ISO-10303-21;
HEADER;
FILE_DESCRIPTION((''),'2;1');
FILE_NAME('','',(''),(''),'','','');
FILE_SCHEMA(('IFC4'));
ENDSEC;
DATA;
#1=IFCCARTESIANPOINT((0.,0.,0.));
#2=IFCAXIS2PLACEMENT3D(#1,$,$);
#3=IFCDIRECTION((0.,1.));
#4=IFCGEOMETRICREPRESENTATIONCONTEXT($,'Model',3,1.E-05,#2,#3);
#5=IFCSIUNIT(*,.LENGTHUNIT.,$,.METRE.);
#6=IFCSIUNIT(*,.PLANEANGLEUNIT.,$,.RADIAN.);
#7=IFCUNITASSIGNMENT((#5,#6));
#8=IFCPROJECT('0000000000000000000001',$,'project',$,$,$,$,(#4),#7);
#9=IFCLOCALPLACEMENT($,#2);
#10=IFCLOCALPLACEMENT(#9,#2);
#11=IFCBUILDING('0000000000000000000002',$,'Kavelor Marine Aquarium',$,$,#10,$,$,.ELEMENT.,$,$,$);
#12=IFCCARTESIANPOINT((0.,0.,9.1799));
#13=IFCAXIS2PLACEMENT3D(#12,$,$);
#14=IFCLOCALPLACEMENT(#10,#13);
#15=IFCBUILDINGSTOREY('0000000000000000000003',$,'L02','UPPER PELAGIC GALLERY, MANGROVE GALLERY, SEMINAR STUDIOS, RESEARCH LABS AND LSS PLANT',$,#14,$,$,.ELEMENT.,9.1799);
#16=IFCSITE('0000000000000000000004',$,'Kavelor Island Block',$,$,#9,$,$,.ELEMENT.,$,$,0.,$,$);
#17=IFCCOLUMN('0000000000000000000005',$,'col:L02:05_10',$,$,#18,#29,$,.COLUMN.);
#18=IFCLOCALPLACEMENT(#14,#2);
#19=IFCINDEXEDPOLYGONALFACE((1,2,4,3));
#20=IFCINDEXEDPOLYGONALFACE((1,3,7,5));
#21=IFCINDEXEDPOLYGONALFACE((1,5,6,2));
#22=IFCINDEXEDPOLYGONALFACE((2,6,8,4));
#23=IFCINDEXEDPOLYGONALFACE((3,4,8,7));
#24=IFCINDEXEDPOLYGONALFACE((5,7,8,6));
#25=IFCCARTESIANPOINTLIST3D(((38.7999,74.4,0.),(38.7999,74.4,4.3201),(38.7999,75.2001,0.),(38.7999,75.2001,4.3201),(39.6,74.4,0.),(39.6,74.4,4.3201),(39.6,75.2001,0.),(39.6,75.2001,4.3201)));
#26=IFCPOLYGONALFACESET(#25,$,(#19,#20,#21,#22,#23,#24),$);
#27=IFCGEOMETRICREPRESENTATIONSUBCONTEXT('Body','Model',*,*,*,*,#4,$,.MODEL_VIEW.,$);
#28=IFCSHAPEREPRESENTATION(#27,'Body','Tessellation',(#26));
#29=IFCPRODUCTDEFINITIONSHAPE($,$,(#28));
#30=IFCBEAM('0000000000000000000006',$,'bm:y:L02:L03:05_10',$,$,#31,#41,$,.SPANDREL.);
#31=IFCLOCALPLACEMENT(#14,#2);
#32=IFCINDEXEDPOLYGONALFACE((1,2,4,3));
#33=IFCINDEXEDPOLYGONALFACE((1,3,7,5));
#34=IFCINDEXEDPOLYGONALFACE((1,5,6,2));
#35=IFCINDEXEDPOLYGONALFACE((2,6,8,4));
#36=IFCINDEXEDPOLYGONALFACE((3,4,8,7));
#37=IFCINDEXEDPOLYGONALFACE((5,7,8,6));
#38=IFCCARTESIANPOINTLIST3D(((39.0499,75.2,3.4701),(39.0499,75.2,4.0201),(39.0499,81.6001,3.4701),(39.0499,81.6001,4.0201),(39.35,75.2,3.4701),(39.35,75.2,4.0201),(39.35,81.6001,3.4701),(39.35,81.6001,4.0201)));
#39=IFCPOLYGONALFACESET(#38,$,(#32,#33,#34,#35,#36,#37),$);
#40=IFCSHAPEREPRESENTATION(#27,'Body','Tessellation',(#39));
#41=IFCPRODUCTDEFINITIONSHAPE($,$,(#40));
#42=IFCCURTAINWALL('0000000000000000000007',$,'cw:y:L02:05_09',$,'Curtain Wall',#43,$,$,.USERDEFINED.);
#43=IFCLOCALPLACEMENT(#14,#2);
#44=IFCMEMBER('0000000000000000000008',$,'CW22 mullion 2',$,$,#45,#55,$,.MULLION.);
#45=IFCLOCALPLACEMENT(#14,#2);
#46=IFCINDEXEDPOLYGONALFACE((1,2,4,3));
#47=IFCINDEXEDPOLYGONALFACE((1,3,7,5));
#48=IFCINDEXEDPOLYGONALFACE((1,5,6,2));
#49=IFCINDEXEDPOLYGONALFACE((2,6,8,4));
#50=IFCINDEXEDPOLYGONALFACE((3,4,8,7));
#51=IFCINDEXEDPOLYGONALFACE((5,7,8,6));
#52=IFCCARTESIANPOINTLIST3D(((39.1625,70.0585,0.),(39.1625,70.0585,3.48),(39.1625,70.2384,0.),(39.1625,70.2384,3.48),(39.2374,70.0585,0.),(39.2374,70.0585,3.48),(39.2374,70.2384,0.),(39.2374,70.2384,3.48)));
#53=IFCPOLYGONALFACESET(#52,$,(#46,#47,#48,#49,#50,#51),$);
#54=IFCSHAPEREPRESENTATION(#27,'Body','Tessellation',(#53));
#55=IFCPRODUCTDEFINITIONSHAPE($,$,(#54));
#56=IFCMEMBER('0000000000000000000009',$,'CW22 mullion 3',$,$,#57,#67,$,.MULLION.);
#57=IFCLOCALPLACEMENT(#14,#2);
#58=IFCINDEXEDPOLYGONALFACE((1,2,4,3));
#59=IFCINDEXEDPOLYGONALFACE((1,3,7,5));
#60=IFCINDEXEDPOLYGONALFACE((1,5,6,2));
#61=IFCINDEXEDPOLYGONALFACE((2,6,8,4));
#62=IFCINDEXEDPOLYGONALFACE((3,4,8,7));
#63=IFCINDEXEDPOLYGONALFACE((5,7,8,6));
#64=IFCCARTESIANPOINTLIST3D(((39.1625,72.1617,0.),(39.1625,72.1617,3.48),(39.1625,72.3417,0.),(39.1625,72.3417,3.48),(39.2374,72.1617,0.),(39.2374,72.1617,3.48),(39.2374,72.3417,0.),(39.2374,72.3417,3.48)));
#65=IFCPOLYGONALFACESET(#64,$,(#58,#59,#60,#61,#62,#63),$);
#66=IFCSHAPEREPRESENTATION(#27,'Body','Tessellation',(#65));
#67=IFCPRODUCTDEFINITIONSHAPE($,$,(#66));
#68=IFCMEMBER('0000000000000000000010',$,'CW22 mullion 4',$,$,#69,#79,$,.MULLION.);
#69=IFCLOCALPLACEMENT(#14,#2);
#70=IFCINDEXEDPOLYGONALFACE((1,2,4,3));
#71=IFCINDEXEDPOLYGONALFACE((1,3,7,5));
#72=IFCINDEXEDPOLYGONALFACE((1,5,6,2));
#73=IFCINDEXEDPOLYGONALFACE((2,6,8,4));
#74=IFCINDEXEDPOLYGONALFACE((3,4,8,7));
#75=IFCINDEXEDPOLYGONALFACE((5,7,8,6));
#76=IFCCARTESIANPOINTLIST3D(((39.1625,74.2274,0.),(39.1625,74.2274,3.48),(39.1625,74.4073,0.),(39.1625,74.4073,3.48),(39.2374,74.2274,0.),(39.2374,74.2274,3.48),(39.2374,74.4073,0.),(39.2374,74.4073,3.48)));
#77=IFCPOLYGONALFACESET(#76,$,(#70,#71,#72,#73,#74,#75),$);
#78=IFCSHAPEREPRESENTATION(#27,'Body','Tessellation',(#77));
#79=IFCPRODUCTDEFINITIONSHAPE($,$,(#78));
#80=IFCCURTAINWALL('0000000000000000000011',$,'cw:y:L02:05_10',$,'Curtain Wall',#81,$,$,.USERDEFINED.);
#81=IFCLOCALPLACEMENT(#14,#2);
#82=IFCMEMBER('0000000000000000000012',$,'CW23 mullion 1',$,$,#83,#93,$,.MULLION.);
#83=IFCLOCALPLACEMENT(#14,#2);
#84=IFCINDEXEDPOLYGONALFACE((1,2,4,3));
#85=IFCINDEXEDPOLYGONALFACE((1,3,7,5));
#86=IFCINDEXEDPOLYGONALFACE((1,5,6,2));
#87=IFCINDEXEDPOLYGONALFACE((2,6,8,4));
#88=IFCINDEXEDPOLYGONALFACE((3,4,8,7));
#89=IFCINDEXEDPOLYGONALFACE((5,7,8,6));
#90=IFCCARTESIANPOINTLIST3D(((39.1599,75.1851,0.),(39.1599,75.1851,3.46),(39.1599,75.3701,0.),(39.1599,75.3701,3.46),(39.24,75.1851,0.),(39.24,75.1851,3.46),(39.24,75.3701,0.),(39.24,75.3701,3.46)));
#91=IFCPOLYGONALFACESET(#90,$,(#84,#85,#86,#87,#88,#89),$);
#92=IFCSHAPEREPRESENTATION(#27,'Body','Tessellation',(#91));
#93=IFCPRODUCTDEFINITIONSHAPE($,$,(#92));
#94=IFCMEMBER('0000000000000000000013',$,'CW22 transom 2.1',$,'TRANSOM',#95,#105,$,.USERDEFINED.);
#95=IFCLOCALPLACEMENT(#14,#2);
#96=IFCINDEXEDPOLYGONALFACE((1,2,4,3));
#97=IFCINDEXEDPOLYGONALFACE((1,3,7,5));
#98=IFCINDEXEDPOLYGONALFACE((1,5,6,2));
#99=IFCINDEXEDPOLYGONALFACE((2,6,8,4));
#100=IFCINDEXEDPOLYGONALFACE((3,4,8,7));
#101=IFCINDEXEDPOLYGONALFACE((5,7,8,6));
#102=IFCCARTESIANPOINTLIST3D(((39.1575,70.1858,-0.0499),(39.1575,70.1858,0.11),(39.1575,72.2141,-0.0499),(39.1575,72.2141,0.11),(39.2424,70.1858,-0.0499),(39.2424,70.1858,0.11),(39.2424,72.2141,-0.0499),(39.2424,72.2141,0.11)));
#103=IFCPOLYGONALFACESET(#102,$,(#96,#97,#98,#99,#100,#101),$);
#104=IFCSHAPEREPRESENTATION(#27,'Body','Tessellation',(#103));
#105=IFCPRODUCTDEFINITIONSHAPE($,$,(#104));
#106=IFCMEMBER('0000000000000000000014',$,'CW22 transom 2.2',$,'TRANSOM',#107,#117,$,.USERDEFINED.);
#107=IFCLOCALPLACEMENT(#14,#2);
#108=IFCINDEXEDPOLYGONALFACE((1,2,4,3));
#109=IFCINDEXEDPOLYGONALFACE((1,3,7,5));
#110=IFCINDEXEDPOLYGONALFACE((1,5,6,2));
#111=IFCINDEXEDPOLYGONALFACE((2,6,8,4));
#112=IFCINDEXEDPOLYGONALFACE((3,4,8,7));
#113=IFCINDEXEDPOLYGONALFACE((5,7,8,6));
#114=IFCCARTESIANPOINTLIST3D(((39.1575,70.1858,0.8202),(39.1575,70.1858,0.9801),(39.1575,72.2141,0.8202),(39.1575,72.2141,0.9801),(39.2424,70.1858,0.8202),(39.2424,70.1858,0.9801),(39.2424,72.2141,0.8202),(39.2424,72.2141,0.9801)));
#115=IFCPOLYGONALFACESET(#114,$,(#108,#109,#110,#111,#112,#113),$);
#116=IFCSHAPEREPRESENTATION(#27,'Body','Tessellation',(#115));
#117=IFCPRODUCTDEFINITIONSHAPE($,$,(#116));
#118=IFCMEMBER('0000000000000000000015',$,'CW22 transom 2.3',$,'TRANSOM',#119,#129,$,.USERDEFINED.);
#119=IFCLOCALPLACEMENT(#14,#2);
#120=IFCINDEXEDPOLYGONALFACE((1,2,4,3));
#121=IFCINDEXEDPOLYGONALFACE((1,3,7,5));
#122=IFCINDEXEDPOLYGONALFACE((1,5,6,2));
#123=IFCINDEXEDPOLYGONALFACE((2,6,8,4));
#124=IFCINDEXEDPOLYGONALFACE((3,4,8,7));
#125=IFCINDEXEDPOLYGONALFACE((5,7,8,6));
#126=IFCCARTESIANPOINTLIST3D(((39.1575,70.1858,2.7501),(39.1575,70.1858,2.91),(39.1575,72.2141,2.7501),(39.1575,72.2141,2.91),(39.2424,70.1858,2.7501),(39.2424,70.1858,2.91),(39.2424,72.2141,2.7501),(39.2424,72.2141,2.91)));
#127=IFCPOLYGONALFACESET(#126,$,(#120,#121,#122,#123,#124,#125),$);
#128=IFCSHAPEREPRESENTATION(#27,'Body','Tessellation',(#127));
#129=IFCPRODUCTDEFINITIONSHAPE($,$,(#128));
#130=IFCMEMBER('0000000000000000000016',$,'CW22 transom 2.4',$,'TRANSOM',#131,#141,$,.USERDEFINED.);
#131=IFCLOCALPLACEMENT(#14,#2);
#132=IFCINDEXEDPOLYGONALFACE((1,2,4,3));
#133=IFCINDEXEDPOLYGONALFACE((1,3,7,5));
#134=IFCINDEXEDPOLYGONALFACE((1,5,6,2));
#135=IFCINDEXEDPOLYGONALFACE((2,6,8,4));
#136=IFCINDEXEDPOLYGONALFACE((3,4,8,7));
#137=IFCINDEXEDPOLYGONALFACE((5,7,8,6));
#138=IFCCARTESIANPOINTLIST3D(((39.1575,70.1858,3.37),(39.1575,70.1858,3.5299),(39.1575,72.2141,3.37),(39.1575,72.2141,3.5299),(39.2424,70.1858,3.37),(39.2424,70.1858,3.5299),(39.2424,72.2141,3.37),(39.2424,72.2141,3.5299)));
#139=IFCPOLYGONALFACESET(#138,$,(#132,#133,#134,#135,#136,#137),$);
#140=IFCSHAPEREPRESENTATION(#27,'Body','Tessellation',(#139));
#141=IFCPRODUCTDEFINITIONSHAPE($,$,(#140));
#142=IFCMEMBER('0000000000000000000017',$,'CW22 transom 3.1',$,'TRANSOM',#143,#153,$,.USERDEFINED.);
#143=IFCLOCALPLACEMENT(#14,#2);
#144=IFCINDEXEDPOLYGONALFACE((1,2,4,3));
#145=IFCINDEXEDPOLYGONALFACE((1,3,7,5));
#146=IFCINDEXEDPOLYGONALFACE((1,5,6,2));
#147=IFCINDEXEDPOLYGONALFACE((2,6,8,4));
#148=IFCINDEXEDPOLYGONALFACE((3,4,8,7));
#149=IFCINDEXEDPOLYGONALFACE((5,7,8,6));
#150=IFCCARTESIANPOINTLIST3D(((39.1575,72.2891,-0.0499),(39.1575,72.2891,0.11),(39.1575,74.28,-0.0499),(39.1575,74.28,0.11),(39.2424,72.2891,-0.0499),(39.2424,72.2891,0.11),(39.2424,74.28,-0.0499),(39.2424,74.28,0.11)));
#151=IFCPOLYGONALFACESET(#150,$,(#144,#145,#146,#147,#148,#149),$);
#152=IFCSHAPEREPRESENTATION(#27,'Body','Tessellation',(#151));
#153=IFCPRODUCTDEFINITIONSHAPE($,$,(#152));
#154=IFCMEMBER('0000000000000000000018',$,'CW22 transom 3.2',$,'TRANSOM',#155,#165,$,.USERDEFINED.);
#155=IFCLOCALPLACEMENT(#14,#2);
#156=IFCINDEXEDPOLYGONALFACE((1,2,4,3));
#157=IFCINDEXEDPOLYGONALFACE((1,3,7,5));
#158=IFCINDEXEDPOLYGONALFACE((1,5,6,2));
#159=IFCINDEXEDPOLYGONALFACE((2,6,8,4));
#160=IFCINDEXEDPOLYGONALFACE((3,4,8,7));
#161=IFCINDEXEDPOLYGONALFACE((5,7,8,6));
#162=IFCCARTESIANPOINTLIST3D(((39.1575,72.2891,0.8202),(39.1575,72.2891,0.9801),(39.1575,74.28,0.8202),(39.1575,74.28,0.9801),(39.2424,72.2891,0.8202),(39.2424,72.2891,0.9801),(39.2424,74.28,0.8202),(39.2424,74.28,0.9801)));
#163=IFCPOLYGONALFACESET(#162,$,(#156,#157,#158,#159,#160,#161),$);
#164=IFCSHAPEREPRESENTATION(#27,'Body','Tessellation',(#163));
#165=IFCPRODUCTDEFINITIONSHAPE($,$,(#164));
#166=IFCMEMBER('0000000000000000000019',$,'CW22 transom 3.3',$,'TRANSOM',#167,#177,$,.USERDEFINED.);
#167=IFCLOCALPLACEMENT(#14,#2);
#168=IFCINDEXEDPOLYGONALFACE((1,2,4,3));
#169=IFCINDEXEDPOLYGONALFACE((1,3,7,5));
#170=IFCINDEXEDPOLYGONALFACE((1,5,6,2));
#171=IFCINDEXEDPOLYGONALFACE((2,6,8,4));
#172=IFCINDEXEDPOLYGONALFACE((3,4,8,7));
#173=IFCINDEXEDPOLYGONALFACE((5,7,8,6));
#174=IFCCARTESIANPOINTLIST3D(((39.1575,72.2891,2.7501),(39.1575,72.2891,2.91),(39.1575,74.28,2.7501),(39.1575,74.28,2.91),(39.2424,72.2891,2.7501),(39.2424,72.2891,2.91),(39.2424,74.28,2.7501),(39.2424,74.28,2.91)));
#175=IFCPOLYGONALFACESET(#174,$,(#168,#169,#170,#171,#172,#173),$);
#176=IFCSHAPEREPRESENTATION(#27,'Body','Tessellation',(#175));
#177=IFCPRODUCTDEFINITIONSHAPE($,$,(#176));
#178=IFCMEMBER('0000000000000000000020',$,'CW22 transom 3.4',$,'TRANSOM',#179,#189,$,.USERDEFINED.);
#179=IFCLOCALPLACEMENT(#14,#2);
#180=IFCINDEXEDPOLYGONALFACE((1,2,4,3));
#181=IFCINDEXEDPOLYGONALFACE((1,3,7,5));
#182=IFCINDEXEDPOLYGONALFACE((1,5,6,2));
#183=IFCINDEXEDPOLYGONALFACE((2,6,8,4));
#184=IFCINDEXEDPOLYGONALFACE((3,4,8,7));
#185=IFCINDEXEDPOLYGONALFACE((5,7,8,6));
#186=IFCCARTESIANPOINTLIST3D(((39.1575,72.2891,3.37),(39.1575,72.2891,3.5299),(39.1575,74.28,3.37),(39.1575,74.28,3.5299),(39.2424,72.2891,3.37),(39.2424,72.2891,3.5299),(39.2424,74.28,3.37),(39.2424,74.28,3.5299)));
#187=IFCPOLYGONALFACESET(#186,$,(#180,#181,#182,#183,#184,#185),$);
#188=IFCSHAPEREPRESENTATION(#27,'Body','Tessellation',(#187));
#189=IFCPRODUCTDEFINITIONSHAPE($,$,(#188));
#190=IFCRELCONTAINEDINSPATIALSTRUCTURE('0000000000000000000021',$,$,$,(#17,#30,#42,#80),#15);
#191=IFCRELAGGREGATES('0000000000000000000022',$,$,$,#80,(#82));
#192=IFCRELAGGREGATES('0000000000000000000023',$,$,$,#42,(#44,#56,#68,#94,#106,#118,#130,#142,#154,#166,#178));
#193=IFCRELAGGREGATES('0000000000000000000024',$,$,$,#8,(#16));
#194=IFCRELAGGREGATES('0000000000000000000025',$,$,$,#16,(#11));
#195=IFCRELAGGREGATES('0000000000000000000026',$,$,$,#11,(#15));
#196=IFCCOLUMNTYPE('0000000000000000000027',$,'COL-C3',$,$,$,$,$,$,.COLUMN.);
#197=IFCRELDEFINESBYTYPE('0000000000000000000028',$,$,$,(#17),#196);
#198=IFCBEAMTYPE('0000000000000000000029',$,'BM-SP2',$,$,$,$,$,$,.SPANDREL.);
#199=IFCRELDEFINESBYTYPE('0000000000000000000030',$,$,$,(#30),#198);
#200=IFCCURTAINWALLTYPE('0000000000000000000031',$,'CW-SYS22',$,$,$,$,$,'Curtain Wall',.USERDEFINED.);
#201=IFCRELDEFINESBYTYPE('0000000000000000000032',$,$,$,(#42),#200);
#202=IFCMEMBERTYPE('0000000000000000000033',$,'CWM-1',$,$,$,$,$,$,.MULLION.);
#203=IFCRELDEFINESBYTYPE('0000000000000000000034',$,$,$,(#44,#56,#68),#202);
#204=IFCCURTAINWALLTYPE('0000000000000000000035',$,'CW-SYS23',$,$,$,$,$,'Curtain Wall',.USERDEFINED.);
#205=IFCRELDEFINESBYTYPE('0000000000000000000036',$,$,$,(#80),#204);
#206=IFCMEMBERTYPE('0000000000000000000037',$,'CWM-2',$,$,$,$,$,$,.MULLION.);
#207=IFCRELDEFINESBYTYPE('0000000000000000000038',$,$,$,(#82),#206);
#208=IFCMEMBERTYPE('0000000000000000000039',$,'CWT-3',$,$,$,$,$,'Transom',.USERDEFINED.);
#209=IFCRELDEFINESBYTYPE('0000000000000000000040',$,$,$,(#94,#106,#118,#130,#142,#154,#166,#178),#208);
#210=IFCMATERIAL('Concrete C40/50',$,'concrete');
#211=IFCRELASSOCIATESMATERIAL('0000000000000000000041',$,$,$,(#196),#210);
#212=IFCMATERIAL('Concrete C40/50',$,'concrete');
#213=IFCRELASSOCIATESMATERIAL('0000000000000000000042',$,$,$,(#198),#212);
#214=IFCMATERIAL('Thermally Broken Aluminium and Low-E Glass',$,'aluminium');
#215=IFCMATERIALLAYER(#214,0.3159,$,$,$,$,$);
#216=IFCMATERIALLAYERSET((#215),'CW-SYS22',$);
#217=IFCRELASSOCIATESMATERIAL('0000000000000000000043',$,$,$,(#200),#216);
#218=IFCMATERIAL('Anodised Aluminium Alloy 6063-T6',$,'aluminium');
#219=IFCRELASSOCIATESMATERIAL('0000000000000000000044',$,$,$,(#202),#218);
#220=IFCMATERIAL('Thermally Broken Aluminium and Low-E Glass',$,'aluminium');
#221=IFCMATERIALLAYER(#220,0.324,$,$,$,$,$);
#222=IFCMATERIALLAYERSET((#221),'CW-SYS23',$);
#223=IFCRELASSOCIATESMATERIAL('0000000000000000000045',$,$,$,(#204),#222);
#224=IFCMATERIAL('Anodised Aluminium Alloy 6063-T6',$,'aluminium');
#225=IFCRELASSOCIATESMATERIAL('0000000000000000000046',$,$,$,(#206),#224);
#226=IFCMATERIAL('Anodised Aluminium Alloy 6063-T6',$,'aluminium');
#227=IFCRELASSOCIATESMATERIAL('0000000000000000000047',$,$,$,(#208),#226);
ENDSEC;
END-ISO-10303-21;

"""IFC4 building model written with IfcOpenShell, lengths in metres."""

from ifc_helpers import new_model, si_unit, direction, frame, origin, origin_2d, place, context, subcontext, project, spatial, rectangle, extrude, material, layer, layer_set, material_profile, profile_set, type_object, element, aggregate, save


model = new_model("IFC4")

# Units and contexts
model_context = context("Model", 3, precision=1e-05, world=origin(), true_north=direction((0.0, 1.0)))
body_context = subcontext(model_context, "Body", "Model", "MODEL_VIEW")
ifc_project = project(units=[si_unit("LENGTHUNIT", "METRE"), si_unit("PLANEANGLEUNIT", "RADIAN")], contexts=[model_context])

# Site, building, storey
site_placement = place(None, origin())
site = spatial("IfcSite", under=ifc_project, at=site_placement, Name="Kavelor Island Block", CompositionType="ELEMENT", RefElevation=0.0)
building_placement = place(site_placement, origin())
building = spatial("IfcBuilding", under=site, at=building_placement, Name="Kavelor Marine Aquarium", CompositionType="ELEMENT")
storey_placement = place(building_placement, frame((0.0, 0.0, 9.1799)))
storey = spatial("IfcBuildingStorey", under=building, at=storey_placement, Name="L02", Description="UPPER PELAGIC GALLERY, MANGROVE GALLERY, SEMINAR STUDIOS, RESEARCH LABS AND LSS PLANT", CompositionType="ELEMENT", Elevation=9.1799)

# Column
ifc_material_1 = material(Name="Concrete C40/50", Category="concrete")
ifc_material_profile_1 = material_profile(ifc_material_1, rectangle(XDim=0.8, YDim=0.8, at=origin_2d()), Name="RC-COL 800x800")
ifc_profile_set_1 = profile_set([ifc_material_profile_1], Name="Concrete C40/50")
column_type = type_object("IfcColumnType", Name="COL-C3", PredefinedType="COLUMN", material=ifc_profile_set_1)
column_placement = place(storey_placement, frame((39.2, 74.8, 0.0), z_axis=(0.0, 0.0, 1.0), x_axis=(1.0, 0.0, 0.0)))
element("IfcColumn", 1, at=column_placement, inside=storey, type_object=column_type, Name="col:L02:05_10", PredefinedType="COLUMN", context=body_context, shape_type="SweptSolid", body=[
    extrude(rectangle(XDim=0.8, YDim=0.8, at=origin_2d()), origin(), (0.0, 0.0, 1.0), 4.3201),
])

# Beam
ifc_material_2 = material(Name="Concrete C40/50", Category="concrete")
ifc_material_profile_2 = material_profile(ifc_material_2, rectangle(XDim=0.3, YDim=0.55, at=origin_2d()), Name="RC-SP 300x550")
ifc_profile_set_2 = profile_set([ifc_material_profile_2], Name="Concrete C40/50")
beam_type = type_object("IfcBeamType", Name="BM-SP2", PredefinedType="SPANDREL", material=ifc_profile_set_2)
beam_placement = place(storey_placement, frame((39.2, 75.2, 3.7451), z_axis=(0.0, 1.0, 0.0), x_axis=(-1.0, 0.0, 0.0)))
element("IfcBeam", 2, at=beam_placement, inside=storey, type_object=beam_type, Name="bm:y:L02:L03:05_10", PredefinedType="SPANDREL", context=body_context, shape_type="SweptSolid", body=[
    extrude(rectangle(XDim=0.3, YDim=0.55, at=origin_2d()), origin(), (0.0, 0.0, 1.0), 6.4001),
])

# Curtain wall, members
ifc_material_3 = material(Name="Thermally Broken Aluminium and Low-E Glass", Category="aluminium")
ifc_layer_1 = layer(ifc_material_3, 0.3159)
ifc_layer_set_1 = layer_set([ifc_layer_1], Name="CW-SYS22")
curtain_wall_type_1 = type_object("IfcCurtainWallType", Name="CW-SYS22", ElementType="Curtain Wall", PredefinedType="USERDEFINED", material=ifc_layer_set_1)
curtain_wall_1_placement = place(storey_placement, origin())
curtain_wall_1 = element("IfcCurtainWall", 3, at=curtain_wall_1_placement, inside=storey, type_object=curtain_wall_type_1, Name="cw:y:L02:05_09", ObjectType="Curtain Wall", PredefinedType="USERDEFINED")
ifc_material_4 = material(Name="Anodised Aluminium Alloy 6063-T6", Category="aluminium")
ifc_material_profile_3 = material_profile(ifc_material_4, rectangle(XDim=0.075, YDim=0.1799, at=origin_2d()), Name="CW-MUL 75x180")
ifc_profile_set_3 = profile_set([ifc_material_profile_3], Name="Anodised Aluminium Alloy 6063-T6")
member_type_1 = type_object("IfcMemberType", Name="CWM-1", PredefinedType="MULLION", material=ifc_profile_set_3)
member_1_placement = place(storey_placement, frame((39.2, 70.1484, 0.0), z_axis=(0.0, 0.0, 1.0), x_axis=(-1.0, 0.0, 0.0)))
member_1 = element("IfcMember", 4, at=member_1_placement, type_object=member_type_1, Name="CW22 mullion 2", PredefinedType="MULLION", context=body_context, shape_type="SweptSolid", body=[
    extrude(rectangle(XDim=0.075, YDim=0.1799, at=origin_2d()), origin(), (0.0, 0.0, 1.0), 3.48),
])
member_2_placement = place(storey_placement, frame((39.2, 72.2517, 0.0), z_axis=(0.0, 0.0, 1.0), x_axis=(-1.0, 0.0, 0.0)))
member_2 = element("IfcMember", 5, at=member_2_placement, type_object=member_type_1, Name="CW22 mullion 3", PredefinedType="MULLION", context=body_context, shape_type="SweptSolid", body=[
    extrude(rectangle(XDim=0.075, YDim=0.1799, at=origin_2d()), origin(), (0.0, 0.0, 1.0), 3.48),
])
member_3_placement = place(storey_placement, frame((39.2, 74.3174, 0.0), z_axis=(0.0, 0.0, 1.0), x_axis=(-1.0, 0.0, 0.0)))
member_3 = element("IfcMember", 6, at=member_3_placement, type_object=member_type_1, Name="CW22 mullion 4", PredefinedType="MULLION", context=body_context, shape_type="SweptSolid", body=[
    extrude(rectangle(XDim=0.075, YDim=0.1799, at=origin_2d()), origin(), (0.0, 0.0, 1.0), 3.48),
])

# Curtain wall, member
ifc_material_5 = material(Name="Thermally Broken Aluminium and Low-E Glass", Category="aluminium")
ifc_layer_2 = layer(ifc_material_5, 0.324)
ifc_layer_set_2 = layer_set([ifc_layer_2], Name="CW-SYS23")
curtain_wall_type_2 = type_object("IfcCurtainWallType", Name="CW-SYS23", ElementType="Curtain Wall", PredefinedType="USERDEFINED", material=ifc_layer_set_2)
curtain_wall_2_placement = place(storey_placement, origin())
curtain_wall_2 = element("IfcCurtainWall", 7, at=curtain_wall_2_placement, inside=storey, type_object=curtain_wall_type_2, Name="cw:y:L02:05_10", ObjectType="Curtain Wall", PredefinedType="USERDEFINED")
ifc_material_6 = material(Name="Anodised Aluminium Alloy 6063-T6", Category="aluminium")
ifc_material_profile_4 = material_profile(ifc_material_6, rectangle(XDim=0.0801, YDim=0.1851, at=origin_2d()), Name="CW-MUL 80x185")
ifc_profile_set_4 = profile_set([ifc_material_profile_4], Name="Anodised Aluminium Alloy 6063-T6")
member_type_2 = type_object("IfcMemberType", Name="CWM-2", PredefinedType="MULLION", material=ifc_profile_set_4)
member_4_placement = place(storey_placement, frame((39.2, 75.2776, 0.0), z_axis=(0.0, 0.0, 1.0), x_axis=(-1.0, 0.0, 0.0)))
member_4 = element("IfcMember", 8, at=member_4_placement, type_object=member_type_2, Name="CW23 mullion 1", PredefinedType="MULLION", context=body_context, shape_type="SweptSolid", body=[
    extrude(rectangle(XDim=0.0801, YDim=0.1851, at=origin_2d()), origin(), (0.0, 0.0, 1.0), 3.46),
])

# Members
ifc_material_7 = material(Name="Anodised Aluminium Alloy 6063-T6", Category="aluminium")
ifc_material_profile_5 = material_profile(ifc_material_7, rectangle(XDim=0.085, YDim=0.1599, at=origin_2d()), Name="CW-TRN 85x160")
ifc_profile_set_5 = profile_set([ifc_material_profile_5], Name="Anodised Aluminium Alloy 6063-T6")
member_type_3 = type_object("IfcMemberType", Name="CWT-3", ElementType="Transom", PredefinedType="USERDEFINED", material=ifc_profile_set_5)
member_5_placement = place(storey_placement, frame((39.2, 70.1858, 0.03), z_axis=(0.0, 1.0, 0.0), x_axis=(-1.0, 0.0, 0.0)))
member_5 = element("IfcMember", 9, at=member_5_placement, type_object=member_type_3, Name="CW22 transom 2.1", ObjectType="TRANSOM", PredefinedType="USERDEFINED", context=body_context, shape_type="SweptSolid", body=[
    extrude(rectangle(XDim=0.085, YDim=0.1599, at=origin_2d()), origin(), (0.0, 0.0, 1.0), 2.0283),
])
member_6_placement = place(storey_placement, frame((39.2, 70.1858, 0.9001), z_axis=(0.0, 1.0, 0.0), x_axis=(-1.0, 0.0, 0.0)))
member_6 = element("IfcMember", 10, at=member_6_placement, type_object=member_type_3, Name="CW22 transom 2.2", ObjectType="TRANSOM", PredefinedType="USERDEFINED", context=body_context, shape_type="SweptSolid", body=[
    extrude(rectangle(XDim=0.085, YDim=0.1599, at=origin_2d()), origin(), (0.0, 0.0, 1.0), 2.0283),
])
member_7_placement = place(storey_placement, frame((39.2, 70.1858, 2.8301), z_axis=(0.0, 1.0, 0.0), x_axis=(-1.0, 0.0, 0.0)))
member_7 = element("IfcMember", 11, at=member_7_placement, type_object=member_type_3, Name="CW22 transom 2.3", ObjectType="TRANSOM", PredefinedType="USERDEFINED", context=body_context, shape_type="SweptSolid", body=[
    extrude(rectangle(XDim=0.085, YDim=0.1599, at=origin_2d()), origin(), (0.0, 0.0, 1.0), 2.0283),
])
member_8_placement = place(storey_placement, frame((39.2, 70.1858, 3.45), z_axis=(0.0, 1.0, 0.0), x_axis=(-1.0, 0.0, 0.0)))
member_8 = element("IfcMember", 12, at=member_8_placement, type_object=member_type_3, Name="CW22 transom 2.4", ObjectType="TRANSOM", PredefinedType="USERDEFINED", context=body_context, shape_type="SweptSolid", body=[
    extrude(rectangle(XDim=0.085, YDim=0.1599, at=origin_2d()), origin(), (0.0, 0.0, 1.0), 2.0283),
])
member_9_placement = place(storey_placement, frame((39.2, 72.2891, 0.03), z_axis=(0.0, 1.0, 0.0), x_axis=(-1.0, 0.0, 0.0)))
member_9 = element("IfcMember", 13, at=member_9_placement, type_object=member_type_3, Name="CW22 transom 3.1", ObjectType="TRANSOM", PredefinedType="USERDEFINED", context=body_context, shape_type="SweptSolid", body=[
    extrude(rectangle(XDim=0.085, YDim=0.1599, at=origin_2d()), origin(), (0.0, 0.0, 1.0), 1.991),
])
member_10_placement = place(storey_placement, frame((39.2, 72.2891, 0.9001), z_axis=(0.0, 1.0, 0.0), x_axis=(-1.0, 0.0, 0.0)))
member_10 = element("IfcMember", 14, at=member_10_placement, type_object=member_type_3, Name="CW22 transom 3.2", ObjectType="TRANSOM", PredefinedType="USERDEFINED", context=body_context, shape_type="SweptSolid", body=[
    extrude(rectangle(XDim=0.085, YDim=0.1599, at=origin_2d()), origin(), (0.0, 0.0, 1.0), 1.991),
])
member_11_placement = place(storey_placement, frame((39.2, 72.2891, 2.8301), z_axis=(0.0, 1.0, 0.0), x_axis=(-1.0, 0.0, 0.0)))
member_11 = element("IfcMember", 15, at=member_11_placement, type_object=member_type_3, Name="CW22 transom 3.3", ObjectType="TRANSOM", PredefinedType="USERDEFINED", context=body_context, shape_type="SweptSolid", body=[
    extrude(rectangle(XDim=0.085, YDim=0.1599, at=origin_2d()), origin(), (0.0, 0.0, 1.0), 1.991),
])
member_12_placement = place(storey_placement, frame((39.2, 72.2891, 3.45), z_axis=(0.0, 1.0, 0.0), x_axis=(-1.0, 0.0, 0.0)))
member_12 = element("IfcMember", 16, at=member_12_placement, type_object=member_type_3, Name="CW22 transom 3.4", ObjectType="TRANSOM", PredefinedType="USERDEFINED", context=body_context, shape_type="SweptSolid", body=[
    extrude(rectangle(XDim=0.085, YDim=0.1599, at=origin_2d()), origin(), (0.0, 0.0, 1.0), 1.991),
])
aggregate(curtain_wall_2, [member_4])

aggregate(curtain_wall_1, [member_1, member_2, member_3, member_5, member_6, member_7, member_8, member_9, member_10, member_11, member_12])

save(model, "model.ifc")
